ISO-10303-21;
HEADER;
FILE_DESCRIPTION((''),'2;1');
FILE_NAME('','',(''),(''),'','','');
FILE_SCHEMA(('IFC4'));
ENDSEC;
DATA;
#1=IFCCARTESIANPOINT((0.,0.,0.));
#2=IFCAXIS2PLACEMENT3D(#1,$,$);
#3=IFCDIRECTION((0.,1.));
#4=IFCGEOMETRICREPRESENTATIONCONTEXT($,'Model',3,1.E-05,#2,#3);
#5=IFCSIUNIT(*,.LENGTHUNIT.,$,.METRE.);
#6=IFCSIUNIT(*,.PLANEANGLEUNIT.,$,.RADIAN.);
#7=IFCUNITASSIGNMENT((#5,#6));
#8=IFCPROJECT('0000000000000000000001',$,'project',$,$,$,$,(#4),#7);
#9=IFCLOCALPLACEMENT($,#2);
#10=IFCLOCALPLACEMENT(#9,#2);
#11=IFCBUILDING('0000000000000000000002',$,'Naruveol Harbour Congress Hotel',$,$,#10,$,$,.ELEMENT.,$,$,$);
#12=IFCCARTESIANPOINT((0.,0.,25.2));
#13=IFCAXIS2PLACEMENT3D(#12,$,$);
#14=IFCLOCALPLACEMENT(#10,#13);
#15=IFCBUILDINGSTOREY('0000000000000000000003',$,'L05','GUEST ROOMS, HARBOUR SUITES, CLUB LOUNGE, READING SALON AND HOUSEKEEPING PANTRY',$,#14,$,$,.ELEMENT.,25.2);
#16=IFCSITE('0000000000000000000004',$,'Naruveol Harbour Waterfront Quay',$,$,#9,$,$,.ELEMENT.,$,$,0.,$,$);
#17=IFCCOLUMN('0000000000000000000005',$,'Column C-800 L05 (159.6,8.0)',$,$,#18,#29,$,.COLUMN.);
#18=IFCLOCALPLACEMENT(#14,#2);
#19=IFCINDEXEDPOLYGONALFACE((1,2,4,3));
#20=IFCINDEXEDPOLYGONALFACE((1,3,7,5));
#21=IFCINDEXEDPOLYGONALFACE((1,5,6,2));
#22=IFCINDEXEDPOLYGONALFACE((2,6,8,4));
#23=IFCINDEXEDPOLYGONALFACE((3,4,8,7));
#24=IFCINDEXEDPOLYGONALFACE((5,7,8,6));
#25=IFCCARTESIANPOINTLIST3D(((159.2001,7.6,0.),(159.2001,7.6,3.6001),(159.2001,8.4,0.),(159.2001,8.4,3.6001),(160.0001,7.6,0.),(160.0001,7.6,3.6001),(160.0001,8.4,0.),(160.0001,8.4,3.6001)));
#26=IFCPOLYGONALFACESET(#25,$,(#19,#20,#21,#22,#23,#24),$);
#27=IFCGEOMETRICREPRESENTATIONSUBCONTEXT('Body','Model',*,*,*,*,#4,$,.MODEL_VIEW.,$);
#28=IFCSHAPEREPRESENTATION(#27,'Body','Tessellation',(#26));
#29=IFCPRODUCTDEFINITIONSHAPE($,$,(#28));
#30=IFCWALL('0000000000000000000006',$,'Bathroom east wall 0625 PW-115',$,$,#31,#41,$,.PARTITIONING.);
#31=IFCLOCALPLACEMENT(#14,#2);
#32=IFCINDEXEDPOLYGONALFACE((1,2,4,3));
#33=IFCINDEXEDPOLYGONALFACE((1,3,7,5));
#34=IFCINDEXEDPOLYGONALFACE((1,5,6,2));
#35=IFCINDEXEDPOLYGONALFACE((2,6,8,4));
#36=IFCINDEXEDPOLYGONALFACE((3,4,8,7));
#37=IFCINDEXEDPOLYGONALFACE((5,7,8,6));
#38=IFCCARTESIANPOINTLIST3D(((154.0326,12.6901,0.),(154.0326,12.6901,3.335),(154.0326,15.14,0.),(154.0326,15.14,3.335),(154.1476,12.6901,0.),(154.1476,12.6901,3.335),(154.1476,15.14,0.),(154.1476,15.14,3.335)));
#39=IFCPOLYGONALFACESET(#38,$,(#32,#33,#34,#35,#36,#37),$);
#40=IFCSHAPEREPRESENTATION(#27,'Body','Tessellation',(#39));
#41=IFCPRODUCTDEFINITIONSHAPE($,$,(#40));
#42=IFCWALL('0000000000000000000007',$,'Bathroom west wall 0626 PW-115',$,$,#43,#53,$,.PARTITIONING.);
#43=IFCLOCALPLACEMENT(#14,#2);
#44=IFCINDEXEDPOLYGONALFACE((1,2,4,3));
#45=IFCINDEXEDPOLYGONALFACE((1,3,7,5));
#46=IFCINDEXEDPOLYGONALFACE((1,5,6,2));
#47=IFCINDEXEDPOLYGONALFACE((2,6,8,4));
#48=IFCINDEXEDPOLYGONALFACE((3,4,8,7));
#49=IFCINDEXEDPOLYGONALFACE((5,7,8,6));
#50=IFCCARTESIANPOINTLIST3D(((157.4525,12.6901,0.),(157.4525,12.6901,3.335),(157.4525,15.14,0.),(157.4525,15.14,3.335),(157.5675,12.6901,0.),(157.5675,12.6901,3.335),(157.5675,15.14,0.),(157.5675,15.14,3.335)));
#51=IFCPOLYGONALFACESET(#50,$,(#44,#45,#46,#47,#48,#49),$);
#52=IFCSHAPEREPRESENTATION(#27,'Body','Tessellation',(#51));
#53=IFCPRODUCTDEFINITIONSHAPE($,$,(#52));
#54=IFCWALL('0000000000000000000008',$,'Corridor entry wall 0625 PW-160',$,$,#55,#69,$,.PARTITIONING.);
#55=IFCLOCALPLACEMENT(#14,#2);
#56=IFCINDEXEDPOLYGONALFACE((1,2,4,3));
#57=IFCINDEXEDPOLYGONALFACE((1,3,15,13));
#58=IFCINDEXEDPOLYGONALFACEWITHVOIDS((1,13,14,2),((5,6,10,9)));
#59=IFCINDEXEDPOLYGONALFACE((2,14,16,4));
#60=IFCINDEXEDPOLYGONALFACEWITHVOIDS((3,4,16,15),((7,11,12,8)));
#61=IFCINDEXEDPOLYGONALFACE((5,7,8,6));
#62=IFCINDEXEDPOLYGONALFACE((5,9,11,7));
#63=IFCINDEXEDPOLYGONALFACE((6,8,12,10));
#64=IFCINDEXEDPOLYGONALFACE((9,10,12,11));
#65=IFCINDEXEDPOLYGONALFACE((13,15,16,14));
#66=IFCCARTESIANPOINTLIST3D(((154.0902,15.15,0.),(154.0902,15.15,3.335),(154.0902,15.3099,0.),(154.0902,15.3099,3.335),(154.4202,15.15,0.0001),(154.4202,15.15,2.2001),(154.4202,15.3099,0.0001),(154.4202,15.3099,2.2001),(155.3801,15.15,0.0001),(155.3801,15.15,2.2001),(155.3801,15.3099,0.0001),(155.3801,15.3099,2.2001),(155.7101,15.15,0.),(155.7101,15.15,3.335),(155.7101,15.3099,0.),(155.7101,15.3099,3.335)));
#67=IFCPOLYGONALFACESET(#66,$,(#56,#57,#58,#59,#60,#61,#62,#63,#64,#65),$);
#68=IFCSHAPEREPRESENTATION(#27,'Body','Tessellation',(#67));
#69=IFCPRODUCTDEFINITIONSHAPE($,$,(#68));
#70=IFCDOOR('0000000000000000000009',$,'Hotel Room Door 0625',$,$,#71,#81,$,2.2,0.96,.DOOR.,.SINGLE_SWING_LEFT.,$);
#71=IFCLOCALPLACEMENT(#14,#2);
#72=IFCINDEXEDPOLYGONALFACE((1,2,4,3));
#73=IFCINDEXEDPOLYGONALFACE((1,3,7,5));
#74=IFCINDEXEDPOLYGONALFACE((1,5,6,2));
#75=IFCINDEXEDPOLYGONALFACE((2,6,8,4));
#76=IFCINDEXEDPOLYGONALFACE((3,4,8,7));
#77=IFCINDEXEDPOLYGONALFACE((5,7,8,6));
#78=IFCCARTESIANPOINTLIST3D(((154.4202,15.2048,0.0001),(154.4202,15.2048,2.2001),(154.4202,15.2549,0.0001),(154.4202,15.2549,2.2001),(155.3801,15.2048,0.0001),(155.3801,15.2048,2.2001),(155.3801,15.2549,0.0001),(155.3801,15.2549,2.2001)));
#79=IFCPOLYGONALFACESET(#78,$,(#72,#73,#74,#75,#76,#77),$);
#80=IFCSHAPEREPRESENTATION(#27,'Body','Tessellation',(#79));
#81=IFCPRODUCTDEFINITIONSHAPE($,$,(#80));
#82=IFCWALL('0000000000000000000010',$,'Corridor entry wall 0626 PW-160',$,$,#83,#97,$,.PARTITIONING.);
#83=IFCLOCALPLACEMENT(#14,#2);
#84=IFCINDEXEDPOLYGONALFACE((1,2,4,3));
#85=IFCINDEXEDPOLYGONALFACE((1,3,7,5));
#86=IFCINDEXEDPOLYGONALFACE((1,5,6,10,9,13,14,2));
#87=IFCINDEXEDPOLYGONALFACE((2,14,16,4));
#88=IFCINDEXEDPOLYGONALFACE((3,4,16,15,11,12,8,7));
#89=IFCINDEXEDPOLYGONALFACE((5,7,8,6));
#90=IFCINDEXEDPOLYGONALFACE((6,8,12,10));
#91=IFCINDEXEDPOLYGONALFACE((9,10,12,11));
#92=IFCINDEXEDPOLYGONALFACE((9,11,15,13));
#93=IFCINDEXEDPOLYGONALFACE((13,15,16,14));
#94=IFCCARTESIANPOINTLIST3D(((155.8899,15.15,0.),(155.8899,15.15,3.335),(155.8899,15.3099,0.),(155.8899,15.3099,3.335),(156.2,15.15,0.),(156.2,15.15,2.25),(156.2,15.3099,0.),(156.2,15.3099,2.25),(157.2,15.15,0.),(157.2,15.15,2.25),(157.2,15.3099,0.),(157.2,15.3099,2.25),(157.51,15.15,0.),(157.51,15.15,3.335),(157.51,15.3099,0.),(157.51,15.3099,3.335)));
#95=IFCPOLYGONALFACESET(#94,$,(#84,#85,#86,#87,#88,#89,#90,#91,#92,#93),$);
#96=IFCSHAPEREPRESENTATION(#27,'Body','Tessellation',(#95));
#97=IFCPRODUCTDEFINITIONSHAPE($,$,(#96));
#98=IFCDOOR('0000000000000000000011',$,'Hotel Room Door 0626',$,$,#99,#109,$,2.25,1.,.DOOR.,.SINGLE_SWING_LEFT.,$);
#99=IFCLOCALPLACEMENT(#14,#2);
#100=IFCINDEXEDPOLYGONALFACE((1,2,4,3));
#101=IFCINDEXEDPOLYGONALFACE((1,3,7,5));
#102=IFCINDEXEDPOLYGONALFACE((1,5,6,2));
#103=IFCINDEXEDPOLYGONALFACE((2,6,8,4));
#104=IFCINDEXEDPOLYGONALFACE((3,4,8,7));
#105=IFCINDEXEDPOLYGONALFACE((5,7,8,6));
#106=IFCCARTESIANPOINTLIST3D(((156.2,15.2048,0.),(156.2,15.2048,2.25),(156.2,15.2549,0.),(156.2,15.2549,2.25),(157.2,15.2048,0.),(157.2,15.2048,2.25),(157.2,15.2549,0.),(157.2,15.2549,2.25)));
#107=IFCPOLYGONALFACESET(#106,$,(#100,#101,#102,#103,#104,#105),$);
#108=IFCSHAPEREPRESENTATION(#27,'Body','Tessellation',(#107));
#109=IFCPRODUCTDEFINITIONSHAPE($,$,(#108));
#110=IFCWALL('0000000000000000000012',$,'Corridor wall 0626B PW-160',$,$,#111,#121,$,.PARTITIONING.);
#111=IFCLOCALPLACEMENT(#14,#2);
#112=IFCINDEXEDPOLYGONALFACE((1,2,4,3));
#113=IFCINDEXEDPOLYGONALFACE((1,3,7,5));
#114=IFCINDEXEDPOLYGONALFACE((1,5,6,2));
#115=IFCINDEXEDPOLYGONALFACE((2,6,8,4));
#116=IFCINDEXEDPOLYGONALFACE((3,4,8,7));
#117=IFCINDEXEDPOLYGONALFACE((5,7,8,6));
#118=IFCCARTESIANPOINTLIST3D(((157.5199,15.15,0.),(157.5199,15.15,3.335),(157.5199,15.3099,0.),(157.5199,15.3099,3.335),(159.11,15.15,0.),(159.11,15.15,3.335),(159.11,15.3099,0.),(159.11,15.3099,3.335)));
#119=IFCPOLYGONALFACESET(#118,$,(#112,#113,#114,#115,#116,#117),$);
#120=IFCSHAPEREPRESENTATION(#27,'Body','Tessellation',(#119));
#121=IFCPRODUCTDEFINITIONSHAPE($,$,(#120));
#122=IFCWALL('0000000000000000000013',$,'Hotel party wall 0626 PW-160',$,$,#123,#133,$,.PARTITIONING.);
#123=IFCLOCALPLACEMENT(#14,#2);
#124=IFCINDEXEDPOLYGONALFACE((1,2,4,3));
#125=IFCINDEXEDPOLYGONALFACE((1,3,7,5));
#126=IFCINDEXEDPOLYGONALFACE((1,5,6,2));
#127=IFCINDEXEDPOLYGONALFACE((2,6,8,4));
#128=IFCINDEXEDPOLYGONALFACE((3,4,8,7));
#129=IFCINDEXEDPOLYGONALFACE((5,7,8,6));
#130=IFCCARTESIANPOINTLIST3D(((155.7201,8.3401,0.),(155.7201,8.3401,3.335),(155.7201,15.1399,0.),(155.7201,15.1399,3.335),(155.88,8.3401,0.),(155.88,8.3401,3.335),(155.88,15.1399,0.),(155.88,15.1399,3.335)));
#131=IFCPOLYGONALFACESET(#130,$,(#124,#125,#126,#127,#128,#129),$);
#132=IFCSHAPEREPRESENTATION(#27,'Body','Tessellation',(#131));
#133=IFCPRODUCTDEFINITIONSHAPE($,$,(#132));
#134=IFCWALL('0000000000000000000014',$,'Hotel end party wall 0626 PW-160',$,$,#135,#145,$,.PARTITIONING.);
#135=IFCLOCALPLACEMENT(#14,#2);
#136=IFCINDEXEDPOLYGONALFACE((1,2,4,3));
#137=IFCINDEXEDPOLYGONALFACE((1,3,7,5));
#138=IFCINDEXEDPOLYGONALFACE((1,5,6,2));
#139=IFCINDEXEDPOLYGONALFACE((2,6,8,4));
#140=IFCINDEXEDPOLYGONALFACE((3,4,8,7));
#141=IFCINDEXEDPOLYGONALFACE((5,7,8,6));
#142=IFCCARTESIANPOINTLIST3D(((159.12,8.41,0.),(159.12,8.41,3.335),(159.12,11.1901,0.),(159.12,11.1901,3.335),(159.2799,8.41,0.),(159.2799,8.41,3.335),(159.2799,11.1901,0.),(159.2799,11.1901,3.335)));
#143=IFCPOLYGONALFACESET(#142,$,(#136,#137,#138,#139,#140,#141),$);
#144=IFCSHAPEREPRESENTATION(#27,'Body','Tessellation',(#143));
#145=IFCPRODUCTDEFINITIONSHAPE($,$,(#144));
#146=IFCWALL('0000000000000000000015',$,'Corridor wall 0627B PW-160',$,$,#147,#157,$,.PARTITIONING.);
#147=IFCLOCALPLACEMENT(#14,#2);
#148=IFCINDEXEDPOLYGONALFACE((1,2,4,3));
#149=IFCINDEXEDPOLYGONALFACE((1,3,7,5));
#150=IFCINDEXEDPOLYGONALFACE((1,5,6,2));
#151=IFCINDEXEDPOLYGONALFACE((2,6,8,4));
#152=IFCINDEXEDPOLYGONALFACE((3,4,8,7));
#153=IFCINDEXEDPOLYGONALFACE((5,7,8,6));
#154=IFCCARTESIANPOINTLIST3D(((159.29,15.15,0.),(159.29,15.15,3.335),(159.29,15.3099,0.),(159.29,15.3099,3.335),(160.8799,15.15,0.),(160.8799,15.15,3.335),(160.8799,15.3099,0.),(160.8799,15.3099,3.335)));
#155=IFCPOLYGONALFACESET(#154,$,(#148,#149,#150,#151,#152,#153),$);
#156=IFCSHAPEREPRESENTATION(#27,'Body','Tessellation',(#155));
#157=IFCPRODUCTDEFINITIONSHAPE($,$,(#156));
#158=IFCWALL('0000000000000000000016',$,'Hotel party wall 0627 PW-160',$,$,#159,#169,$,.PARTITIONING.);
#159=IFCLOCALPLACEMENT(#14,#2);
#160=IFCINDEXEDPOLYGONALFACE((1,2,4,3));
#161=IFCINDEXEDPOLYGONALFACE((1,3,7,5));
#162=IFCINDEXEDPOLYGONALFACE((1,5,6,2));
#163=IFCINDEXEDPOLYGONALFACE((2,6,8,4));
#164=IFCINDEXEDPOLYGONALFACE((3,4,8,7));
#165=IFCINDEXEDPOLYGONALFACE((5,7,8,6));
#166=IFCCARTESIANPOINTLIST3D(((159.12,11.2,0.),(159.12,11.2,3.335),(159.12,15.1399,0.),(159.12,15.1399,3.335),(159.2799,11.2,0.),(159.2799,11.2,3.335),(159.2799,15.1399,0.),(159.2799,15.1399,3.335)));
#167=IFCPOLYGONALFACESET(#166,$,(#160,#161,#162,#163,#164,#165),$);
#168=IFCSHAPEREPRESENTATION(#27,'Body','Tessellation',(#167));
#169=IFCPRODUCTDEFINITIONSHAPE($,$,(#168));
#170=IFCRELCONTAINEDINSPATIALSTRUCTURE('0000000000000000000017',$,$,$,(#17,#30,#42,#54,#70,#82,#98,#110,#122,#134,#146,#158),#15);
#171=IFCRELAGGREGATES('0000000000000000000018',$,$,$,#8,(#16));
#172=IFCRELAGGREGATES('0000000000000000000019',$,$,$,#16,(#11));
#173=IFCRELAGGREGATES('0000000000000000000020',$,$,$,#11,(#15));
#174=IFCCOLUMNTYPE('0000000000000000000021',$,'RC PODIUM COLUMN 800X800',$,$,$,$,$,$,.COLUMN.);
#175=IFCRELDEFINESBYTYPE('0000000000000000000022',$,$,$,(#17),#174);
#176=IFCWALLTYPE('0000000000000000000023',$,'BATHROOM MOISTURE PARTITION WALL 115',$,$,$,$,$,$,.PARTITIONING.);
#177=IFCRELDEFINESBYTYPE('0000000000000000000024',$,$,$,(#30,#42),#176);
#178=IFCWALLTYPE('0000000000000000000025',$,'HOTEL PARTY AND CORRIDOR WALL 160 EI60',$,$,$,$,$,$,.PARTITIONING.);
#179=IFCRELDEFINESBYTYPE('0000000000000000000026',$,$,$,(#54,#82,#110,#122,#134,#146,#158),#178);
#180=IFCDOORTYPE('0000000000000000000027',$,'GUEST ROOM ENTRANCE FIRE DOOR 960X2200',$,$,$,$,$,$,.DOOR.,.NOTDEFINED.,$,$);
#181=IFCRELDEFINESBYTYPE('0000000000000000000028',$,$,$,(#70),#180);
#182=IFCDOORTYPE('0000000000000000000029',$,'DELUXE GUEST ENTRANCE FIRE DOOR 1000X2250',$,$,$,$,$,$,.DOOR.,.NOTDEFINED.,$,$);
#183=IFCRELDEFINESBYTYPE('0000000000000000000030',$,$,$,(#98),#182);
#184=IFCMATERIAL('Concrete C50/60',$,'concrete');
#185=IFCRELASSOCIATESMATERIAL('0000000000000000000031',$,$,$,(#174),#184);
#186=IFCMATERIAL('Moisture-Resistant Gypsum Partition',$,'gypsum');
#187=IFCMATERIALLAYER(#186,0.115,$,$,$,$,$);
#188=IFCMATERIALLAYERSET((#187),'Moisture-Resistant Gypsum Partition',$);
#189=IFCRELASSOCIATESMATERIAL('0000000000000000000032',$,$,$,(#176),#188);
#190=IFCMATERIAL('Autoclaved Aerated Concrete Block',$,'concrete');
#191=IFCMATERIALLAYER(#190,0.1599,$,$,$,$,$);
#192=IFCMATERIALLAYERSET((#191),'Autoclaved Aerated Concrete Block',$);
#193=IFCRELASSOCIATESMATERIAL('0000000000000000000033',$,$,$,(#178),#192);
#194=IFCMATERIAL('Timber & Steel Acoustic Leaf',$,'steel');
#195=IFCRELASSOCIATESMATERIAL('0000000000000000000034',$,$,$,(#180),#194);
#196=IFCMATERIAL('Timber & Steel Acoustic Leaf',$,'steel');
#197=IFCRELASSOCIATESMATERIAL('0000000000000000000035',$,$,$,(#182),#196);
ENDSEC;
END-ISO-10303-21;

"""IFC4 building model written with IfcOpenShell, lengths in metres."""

from ifc_helpers import new_model, si_unit, direction, frame, frame_2d, origin, origin_2d, place, context, subcontext, project, spatial, rectangle, extrude, material, layer, layer_set, material_profile, profile_set, type_object, element, fill, save


model = new_model("IFC4")

# Units and contexts
model_context = context("Model", 3, precision=1e-05, world=origin(), true_north=direction((0.0, 1.0)))
body_context = subcontext(model_context, "Body", "Model", "MODEL_VIEW")
ifc_project = project(units=[si_unit("LENGTHUNIT", "METRE"), si_unit("PLANEANGLEUNIT", "RADIAN")], contexts=[model_context])

# Site, building, storey
site_placement = place(None, origin())
site = spatial("IfcSite", under=ifc_project, at=site_placement, Name="Naruveol Harbour Waterfront Quay", CompositionType="ELEMENT", RefElevation=0.0)
building_placement = place(site_placement, origin())
building = spatial("IfcBuilding", under=site, at=building_placement, Name="Naruveol Harbour Congress Hotel", CompositionType="ELEMENT")
storey_placement = place(building_placement, frame((0.0, 0.0, 25.2)))
storey = spatial("IfcBuildingStorey", under=building, at=storey_placement, Name="L05", Description="GUEST ROOMS, HARBOUR SUITES, CLUB LOUNGE, READING SALON AND HOUSEKEEPING PANTRY", CompositionType="ELEMENT", Elevation=25.2)

# Column
ifc_material_1 = material(Name="Concrete C50/60", Category="concrete")
ifc_material_profile = material_profile(ifc_material_1, rectangle(XDim=0.8, YDim=0.8, at=origin_2d()), Name="RC-800x800")
ifc_profile_set = profile_set([ifc_material_profile], Name="Concrete C50/60")
column_type = type_object("IfcColumnType", Name="RC PODIUM COLUMN 800X800", PredefinedType="COLUMN", material=ifc_profile_set)
column_placement = place(storey_placement, frame((159.6001, 8.0, 0.0), z_axis=(0.0, 0.0, 1.0), x_axis=(1.0, 0.0, 0.0)))
element("IfcColumn", 1, at=column_placement, inside=storey, type_object=column_type, Name="Column C-800 L05 (159.6,8.0)", PredefinedType="COLUMN", context=body_context, shape_type="SweptSolid", body=[
    extrude(rectangle(XDim=0.8, YDim=0.8, at=origin_2d()), origin(), (0.0, 0.0, 1.0), 3.6001),
])

# Wall
ifc_material_2 = material(Name="Moisture-Resistant Gypsum Partition", Category="gypsum")
ifc_layer_1 = layer(ifc_material_2, 0.115)
ifc_layer_set_1 = layer_set([ifc_layer_1], Name="Moisture-Resistant Gypsum Partition")
wall_type_1 = type_object("IfcWallType", Name="BATHROOM MOISTURE PARTITION WALL 115", PredefinedType="PARTITIONING", material=ifc_layer_set_1)
wall_1_placement = place(storey_placement, frame((154.0901, 12.6899, 0.0), z_axis=(0.0, 0.0, 1.0), x_axis=(0.0, 1.0, 0.0)))
element("IfcWall", 2, at=wall_1_placement, inside=storey, type_object=wall_type_1, Name="Bathroom east wall 0625 PW-115", PredefinedType="PARTITIONING", context=body_context, shape_type="SweptSolid", body=[
    extrude(rectangle(XDim=2.45, YDim=0.115, at=frame_2d((1.2251, 0.0))), origin(), (0.0, 0.0, 1.0), 3.335),
])

# Wall
wall_2_placement = place(storey_placement, frame((157.51, 12.6899, 0.0), z_axis=(0.0, 0.0, 1.0), x_axis=(0.0, 1.0, 0.0)))
element("IfcWall", 3, at=wall_2_placement, inside=storey, type_object=wall_type_1, Name="Bathroom west wall 0626 PW-115", PredefinedType="PARTITIONING", context=body_context, shape_type="SweptSolid", body=[
    extrude(rectangle(XDim=2.45, YDim=0.115, at=frame_2d((1.2251, 0.0))), origin(), (0.0, 0.0, 1.0), 3.335),
])

# Walls, openings, doors
ifc_material_3 = material(Name="Autoclaved Aerated Concrete Block", Category="concrete")
ifc_layer_2 = layer(ifc_material_3, 0.1599)
ifc_layer_set_2 = layer_set([ifc_layer_2], Name="Autoclaved Aerated Concrete Block")
wall_type_2 = type_object("IfcWallType", Name="HOTEL PARTY AND CORRIDOR WALL 160 EI60", PredefinedType="PARTITIONING", material=ifc_layer_set_2)
wall_3_placement = place(storey_placement, frame((154.0901, 15.23, 0.0), z_axis=(0.0, 0.0, 1.0), x_axis=(1.0, 0.0, 0.0)))
wall_3 = element("IfcWall", 4, at=wall_3_placement, inside=storey, type_object=wall_type_2, Name="Corridor entry wall 0625 PW-160", PredefinedType="PARTITIONING", context=body_context, shape_type="SweptSolid", body=[
    extrude(rectangle(XDim=1.6199, YDim=0.1599, at=frame_2d((0.8101, 0.0))), origin(), (0.0, 0.0, 1.0), 3.335),
])
opening_1_placement = place(wall_3_placement, frame((0.3301, 0.0, 0.0)))
opening_1 = element("IfcOpeningElement", 5, at=opening_1_placement, cuts=wall_3, PredefinedType="OPENING", context=body_context, shape_type="SweptSolid", body=[
    extrude(rectangle(XDim=0.96, YDim=2.2, at=frame_2d((0.48, 1.1001))), frame((0.0, 0.0898, 0.0), z_axis=(0.0, -1.0, 0.0), x_axis=(1.0, 0.0, 0.0)), (0.0, 0.0, 1.0), 0.1799),
])
ifc_material_4 = material(Name="Timber & Steel Acoustic Leaf", Category="steel")
door_type_1 = type_object("IfcDoorType", Name="GUEST ROOM ENTRANCE FIRE DOOR 960X2200", OperationType="NOTDEFINED", PredefinedType="DOOR", material=ifc_material_4)
door_1_placement = place(opening_1_placement, origin())
door_1 = element("IfcDoor", 6, at=door_1_placement, inside=storey, type_object=door_type_1, Name="Hotel Room Door 0625", OperationType="SINGLE_SWING_LEFT", OverallHeight=2.2, OverallWidth=0.96, PredefinedType="DOOR", context=body_context, shape_type="SweptSolid", body=[
    extrude(rectangle(XDim=0.96, YDim=2.2, at=frame_2d((0.48, 1.1001))), frame((0.0, 0.0249, 0.0), z_axis=(0.0, -1.0, 0.0), x_axis=(1.0, 0.0, 0.0)), (0.0, 0.0, 1.0), 0.05),
])
fill(opening_1, door_1)
wall_4_placement = place(storey_placement, frame((155.8899, 15.23, 0.0), z_axis=(0.0, 0.0, 1.0), x_axis=(1.0, 0.0, 0.0)))
wall_4 = element("IfcWall", 7, at=wall_4_placement, inside=storey, type_object=wall_type_2, Name="Corridor entry wall 0626 PW-160", PredefinedType="PARTITIONING", context=body_context, shape_type="SweptSolid", body=[
    extrude(rectangle(XDim=1.6201, YDim=0.1599, at=frame_2d((0.8101, 0.0))), origin(), (0.0, 0.0, 1.0), 3.335),
])
opening_2_placement = place(wall_4_placement, frame((0.3101, 0.0, 0.0)))
opening_2 = element("IfcOpeningElement", 8, at=opening_2_placement, cuts=wall_4, PredefinedType="OPENING", context=body_context, shape_type="SweptSolid", body=[
    extrude(rectangle(XDim=1.0, YDim=2.25, at=frame_2d((0.5, 1.125))), frame((0.0, 0.0898, 0.0), z_axis=(0.0, -1.0, 0.0), x_axis=(1.0, 0.0, 0.0)), (0.0, 0.0, 1.0), 0.1799),
])
ifc_material_5 = material(Name="Timber & Steel Acoustic Leaf", Category="steel")
door_type_2 = type_object("IfcDoorType", Name="DELUXE GUEST ENTRANCE FIRE DOOR 1000X2250", OperationType="NOTDEFINED", PredefinedType="DOOR", material=ifc_material_5)
door_2_placement = place(opening_2_placement, origin())
door_2 = element("IfcDoor", 9, at=door_2_placement, inside=storey, type_object=door_type_2, Name="Hotel Room Door 0626", OperationType="SINGLE_SWING_LEFT", OverallHeight=2.25, OverallWidth=1.0, PredefinedType="DOOR", context=body_context, shape_type="SweptSolid", body=[
    extrude(rectangle(XDim=1.0, YDim=2.25, at=frame_2d((0.5, 1.125))), frame((0.0, 0.0249, 0.0), z_axis=(0.0, -1.0, 0.0), x_axis=(1.0, 0.0, 0.0)), (0.0, 0.0, 1.0), 0.05),
])
fill(opening_2, door_2)

# Walls
wall_5_placement = place(storey_placement, frame((157.52, 15.23, 0.0), z_axis=(0.0, 0.0, 1.0), x_axis=(1.0, 0.0, 0.0)))
element("IfcWall", 10, at=wall_5_placement, inside=storey, type_object=wall_type_2, Name="Corridor wall 0626B PW-160", PredefinedType="PARTITIONING", context=body_context, shape_type="SweptSolid", body=[
    extrude(rectangle(XDim=1.5901, YDim=0.1599, at=frame_2d((0.7949, 0.0))), origin(), (0.0, 0.0, 1.0), 3.335),
])
wall_6_placement = place(storey_placement, frame((155.8, 8.3401, 0.0), z_axis=(0.0, 0.0, 1.0), x_axis=(0.0, 1.0, 0.0)))
element("IfcWall", 11, at=wall_6_placement, inside=storey, type_object=wall_type_2, Name="Hotel party wall 0626 PW-160", PredefinedType="PARTITIONING", context=body_context, shape_type="SweptSolid", body=[
    extrude(rectangle(XDim=6.7998, YDim=0.1599, at=frame_2d((3.3999, 0.0))), origin(), (0.0, 0.0, 1.0), 3.335),
])
wall_7_placement = place(storey_placement, frame((159.2, 8.4099, 0.0), z_axis=(0.0, 0.0, 1.0), x_axis=(0.0, 1.0, 0.0)))
element("IfcWall", 12, at=wall_7_placement, inside=storey, type_object=wall_type_2, Name="Hotel end party wall 0626 PW-160", PredefinedType="PARTITIONING", context=body_context, shape_type="SweptSolid", body=[
    extrude(rectangle(XDim=2.78, YDim=0.1599, at=frame_2d((1.3901, 0.0))), origin(), (0.0, 0.0, 1.0), 3.335),
])
wall_8_placement = place(storey_placement, frame((159.29, 15.23, 0.0), z_axis=(0.0, 0.0, 1.0), x_axis=(1.0, 0.0, 0.0)))
element("IfcWall", 13, at=wall_8_placement, inside=storey, type_object=wall_type_2, Name="Corridor wall 0627B PW-160", PredefinedType="PARTITIONING", context=body_context, shape_type="SweptSolid", body=[
    extrude(rectangle(XDim=1.5898, YDim=0.1599, at=frame_2d((0.7949, 0.0))), origin(), (0.0, 0.0, 1.0), 3.335),
])
wall_9_placement = place(storey_placement, frame((159.2, 11.2, 0.0), z_axis=(0.0, 0.0, 1.0), x_axis=(0.0, 1.0, 0.0)))
element("IfcWall", 14, at=wall_9_placement, inside=storey, type_object=wall_type_2, Name="Hotel party wall 0627 PW-160", PredefinedType="PARTITIONING", context=body_context, shape_type="SweptSolid", body=[
    extrude(rectangle(XDim=3.9399, YDim=0.1599, at=frame_2d((1.97, 0.0))), origin(), (0.0, 0.0, 1.0), 3.335),
])

save(model, "model.ifc")
